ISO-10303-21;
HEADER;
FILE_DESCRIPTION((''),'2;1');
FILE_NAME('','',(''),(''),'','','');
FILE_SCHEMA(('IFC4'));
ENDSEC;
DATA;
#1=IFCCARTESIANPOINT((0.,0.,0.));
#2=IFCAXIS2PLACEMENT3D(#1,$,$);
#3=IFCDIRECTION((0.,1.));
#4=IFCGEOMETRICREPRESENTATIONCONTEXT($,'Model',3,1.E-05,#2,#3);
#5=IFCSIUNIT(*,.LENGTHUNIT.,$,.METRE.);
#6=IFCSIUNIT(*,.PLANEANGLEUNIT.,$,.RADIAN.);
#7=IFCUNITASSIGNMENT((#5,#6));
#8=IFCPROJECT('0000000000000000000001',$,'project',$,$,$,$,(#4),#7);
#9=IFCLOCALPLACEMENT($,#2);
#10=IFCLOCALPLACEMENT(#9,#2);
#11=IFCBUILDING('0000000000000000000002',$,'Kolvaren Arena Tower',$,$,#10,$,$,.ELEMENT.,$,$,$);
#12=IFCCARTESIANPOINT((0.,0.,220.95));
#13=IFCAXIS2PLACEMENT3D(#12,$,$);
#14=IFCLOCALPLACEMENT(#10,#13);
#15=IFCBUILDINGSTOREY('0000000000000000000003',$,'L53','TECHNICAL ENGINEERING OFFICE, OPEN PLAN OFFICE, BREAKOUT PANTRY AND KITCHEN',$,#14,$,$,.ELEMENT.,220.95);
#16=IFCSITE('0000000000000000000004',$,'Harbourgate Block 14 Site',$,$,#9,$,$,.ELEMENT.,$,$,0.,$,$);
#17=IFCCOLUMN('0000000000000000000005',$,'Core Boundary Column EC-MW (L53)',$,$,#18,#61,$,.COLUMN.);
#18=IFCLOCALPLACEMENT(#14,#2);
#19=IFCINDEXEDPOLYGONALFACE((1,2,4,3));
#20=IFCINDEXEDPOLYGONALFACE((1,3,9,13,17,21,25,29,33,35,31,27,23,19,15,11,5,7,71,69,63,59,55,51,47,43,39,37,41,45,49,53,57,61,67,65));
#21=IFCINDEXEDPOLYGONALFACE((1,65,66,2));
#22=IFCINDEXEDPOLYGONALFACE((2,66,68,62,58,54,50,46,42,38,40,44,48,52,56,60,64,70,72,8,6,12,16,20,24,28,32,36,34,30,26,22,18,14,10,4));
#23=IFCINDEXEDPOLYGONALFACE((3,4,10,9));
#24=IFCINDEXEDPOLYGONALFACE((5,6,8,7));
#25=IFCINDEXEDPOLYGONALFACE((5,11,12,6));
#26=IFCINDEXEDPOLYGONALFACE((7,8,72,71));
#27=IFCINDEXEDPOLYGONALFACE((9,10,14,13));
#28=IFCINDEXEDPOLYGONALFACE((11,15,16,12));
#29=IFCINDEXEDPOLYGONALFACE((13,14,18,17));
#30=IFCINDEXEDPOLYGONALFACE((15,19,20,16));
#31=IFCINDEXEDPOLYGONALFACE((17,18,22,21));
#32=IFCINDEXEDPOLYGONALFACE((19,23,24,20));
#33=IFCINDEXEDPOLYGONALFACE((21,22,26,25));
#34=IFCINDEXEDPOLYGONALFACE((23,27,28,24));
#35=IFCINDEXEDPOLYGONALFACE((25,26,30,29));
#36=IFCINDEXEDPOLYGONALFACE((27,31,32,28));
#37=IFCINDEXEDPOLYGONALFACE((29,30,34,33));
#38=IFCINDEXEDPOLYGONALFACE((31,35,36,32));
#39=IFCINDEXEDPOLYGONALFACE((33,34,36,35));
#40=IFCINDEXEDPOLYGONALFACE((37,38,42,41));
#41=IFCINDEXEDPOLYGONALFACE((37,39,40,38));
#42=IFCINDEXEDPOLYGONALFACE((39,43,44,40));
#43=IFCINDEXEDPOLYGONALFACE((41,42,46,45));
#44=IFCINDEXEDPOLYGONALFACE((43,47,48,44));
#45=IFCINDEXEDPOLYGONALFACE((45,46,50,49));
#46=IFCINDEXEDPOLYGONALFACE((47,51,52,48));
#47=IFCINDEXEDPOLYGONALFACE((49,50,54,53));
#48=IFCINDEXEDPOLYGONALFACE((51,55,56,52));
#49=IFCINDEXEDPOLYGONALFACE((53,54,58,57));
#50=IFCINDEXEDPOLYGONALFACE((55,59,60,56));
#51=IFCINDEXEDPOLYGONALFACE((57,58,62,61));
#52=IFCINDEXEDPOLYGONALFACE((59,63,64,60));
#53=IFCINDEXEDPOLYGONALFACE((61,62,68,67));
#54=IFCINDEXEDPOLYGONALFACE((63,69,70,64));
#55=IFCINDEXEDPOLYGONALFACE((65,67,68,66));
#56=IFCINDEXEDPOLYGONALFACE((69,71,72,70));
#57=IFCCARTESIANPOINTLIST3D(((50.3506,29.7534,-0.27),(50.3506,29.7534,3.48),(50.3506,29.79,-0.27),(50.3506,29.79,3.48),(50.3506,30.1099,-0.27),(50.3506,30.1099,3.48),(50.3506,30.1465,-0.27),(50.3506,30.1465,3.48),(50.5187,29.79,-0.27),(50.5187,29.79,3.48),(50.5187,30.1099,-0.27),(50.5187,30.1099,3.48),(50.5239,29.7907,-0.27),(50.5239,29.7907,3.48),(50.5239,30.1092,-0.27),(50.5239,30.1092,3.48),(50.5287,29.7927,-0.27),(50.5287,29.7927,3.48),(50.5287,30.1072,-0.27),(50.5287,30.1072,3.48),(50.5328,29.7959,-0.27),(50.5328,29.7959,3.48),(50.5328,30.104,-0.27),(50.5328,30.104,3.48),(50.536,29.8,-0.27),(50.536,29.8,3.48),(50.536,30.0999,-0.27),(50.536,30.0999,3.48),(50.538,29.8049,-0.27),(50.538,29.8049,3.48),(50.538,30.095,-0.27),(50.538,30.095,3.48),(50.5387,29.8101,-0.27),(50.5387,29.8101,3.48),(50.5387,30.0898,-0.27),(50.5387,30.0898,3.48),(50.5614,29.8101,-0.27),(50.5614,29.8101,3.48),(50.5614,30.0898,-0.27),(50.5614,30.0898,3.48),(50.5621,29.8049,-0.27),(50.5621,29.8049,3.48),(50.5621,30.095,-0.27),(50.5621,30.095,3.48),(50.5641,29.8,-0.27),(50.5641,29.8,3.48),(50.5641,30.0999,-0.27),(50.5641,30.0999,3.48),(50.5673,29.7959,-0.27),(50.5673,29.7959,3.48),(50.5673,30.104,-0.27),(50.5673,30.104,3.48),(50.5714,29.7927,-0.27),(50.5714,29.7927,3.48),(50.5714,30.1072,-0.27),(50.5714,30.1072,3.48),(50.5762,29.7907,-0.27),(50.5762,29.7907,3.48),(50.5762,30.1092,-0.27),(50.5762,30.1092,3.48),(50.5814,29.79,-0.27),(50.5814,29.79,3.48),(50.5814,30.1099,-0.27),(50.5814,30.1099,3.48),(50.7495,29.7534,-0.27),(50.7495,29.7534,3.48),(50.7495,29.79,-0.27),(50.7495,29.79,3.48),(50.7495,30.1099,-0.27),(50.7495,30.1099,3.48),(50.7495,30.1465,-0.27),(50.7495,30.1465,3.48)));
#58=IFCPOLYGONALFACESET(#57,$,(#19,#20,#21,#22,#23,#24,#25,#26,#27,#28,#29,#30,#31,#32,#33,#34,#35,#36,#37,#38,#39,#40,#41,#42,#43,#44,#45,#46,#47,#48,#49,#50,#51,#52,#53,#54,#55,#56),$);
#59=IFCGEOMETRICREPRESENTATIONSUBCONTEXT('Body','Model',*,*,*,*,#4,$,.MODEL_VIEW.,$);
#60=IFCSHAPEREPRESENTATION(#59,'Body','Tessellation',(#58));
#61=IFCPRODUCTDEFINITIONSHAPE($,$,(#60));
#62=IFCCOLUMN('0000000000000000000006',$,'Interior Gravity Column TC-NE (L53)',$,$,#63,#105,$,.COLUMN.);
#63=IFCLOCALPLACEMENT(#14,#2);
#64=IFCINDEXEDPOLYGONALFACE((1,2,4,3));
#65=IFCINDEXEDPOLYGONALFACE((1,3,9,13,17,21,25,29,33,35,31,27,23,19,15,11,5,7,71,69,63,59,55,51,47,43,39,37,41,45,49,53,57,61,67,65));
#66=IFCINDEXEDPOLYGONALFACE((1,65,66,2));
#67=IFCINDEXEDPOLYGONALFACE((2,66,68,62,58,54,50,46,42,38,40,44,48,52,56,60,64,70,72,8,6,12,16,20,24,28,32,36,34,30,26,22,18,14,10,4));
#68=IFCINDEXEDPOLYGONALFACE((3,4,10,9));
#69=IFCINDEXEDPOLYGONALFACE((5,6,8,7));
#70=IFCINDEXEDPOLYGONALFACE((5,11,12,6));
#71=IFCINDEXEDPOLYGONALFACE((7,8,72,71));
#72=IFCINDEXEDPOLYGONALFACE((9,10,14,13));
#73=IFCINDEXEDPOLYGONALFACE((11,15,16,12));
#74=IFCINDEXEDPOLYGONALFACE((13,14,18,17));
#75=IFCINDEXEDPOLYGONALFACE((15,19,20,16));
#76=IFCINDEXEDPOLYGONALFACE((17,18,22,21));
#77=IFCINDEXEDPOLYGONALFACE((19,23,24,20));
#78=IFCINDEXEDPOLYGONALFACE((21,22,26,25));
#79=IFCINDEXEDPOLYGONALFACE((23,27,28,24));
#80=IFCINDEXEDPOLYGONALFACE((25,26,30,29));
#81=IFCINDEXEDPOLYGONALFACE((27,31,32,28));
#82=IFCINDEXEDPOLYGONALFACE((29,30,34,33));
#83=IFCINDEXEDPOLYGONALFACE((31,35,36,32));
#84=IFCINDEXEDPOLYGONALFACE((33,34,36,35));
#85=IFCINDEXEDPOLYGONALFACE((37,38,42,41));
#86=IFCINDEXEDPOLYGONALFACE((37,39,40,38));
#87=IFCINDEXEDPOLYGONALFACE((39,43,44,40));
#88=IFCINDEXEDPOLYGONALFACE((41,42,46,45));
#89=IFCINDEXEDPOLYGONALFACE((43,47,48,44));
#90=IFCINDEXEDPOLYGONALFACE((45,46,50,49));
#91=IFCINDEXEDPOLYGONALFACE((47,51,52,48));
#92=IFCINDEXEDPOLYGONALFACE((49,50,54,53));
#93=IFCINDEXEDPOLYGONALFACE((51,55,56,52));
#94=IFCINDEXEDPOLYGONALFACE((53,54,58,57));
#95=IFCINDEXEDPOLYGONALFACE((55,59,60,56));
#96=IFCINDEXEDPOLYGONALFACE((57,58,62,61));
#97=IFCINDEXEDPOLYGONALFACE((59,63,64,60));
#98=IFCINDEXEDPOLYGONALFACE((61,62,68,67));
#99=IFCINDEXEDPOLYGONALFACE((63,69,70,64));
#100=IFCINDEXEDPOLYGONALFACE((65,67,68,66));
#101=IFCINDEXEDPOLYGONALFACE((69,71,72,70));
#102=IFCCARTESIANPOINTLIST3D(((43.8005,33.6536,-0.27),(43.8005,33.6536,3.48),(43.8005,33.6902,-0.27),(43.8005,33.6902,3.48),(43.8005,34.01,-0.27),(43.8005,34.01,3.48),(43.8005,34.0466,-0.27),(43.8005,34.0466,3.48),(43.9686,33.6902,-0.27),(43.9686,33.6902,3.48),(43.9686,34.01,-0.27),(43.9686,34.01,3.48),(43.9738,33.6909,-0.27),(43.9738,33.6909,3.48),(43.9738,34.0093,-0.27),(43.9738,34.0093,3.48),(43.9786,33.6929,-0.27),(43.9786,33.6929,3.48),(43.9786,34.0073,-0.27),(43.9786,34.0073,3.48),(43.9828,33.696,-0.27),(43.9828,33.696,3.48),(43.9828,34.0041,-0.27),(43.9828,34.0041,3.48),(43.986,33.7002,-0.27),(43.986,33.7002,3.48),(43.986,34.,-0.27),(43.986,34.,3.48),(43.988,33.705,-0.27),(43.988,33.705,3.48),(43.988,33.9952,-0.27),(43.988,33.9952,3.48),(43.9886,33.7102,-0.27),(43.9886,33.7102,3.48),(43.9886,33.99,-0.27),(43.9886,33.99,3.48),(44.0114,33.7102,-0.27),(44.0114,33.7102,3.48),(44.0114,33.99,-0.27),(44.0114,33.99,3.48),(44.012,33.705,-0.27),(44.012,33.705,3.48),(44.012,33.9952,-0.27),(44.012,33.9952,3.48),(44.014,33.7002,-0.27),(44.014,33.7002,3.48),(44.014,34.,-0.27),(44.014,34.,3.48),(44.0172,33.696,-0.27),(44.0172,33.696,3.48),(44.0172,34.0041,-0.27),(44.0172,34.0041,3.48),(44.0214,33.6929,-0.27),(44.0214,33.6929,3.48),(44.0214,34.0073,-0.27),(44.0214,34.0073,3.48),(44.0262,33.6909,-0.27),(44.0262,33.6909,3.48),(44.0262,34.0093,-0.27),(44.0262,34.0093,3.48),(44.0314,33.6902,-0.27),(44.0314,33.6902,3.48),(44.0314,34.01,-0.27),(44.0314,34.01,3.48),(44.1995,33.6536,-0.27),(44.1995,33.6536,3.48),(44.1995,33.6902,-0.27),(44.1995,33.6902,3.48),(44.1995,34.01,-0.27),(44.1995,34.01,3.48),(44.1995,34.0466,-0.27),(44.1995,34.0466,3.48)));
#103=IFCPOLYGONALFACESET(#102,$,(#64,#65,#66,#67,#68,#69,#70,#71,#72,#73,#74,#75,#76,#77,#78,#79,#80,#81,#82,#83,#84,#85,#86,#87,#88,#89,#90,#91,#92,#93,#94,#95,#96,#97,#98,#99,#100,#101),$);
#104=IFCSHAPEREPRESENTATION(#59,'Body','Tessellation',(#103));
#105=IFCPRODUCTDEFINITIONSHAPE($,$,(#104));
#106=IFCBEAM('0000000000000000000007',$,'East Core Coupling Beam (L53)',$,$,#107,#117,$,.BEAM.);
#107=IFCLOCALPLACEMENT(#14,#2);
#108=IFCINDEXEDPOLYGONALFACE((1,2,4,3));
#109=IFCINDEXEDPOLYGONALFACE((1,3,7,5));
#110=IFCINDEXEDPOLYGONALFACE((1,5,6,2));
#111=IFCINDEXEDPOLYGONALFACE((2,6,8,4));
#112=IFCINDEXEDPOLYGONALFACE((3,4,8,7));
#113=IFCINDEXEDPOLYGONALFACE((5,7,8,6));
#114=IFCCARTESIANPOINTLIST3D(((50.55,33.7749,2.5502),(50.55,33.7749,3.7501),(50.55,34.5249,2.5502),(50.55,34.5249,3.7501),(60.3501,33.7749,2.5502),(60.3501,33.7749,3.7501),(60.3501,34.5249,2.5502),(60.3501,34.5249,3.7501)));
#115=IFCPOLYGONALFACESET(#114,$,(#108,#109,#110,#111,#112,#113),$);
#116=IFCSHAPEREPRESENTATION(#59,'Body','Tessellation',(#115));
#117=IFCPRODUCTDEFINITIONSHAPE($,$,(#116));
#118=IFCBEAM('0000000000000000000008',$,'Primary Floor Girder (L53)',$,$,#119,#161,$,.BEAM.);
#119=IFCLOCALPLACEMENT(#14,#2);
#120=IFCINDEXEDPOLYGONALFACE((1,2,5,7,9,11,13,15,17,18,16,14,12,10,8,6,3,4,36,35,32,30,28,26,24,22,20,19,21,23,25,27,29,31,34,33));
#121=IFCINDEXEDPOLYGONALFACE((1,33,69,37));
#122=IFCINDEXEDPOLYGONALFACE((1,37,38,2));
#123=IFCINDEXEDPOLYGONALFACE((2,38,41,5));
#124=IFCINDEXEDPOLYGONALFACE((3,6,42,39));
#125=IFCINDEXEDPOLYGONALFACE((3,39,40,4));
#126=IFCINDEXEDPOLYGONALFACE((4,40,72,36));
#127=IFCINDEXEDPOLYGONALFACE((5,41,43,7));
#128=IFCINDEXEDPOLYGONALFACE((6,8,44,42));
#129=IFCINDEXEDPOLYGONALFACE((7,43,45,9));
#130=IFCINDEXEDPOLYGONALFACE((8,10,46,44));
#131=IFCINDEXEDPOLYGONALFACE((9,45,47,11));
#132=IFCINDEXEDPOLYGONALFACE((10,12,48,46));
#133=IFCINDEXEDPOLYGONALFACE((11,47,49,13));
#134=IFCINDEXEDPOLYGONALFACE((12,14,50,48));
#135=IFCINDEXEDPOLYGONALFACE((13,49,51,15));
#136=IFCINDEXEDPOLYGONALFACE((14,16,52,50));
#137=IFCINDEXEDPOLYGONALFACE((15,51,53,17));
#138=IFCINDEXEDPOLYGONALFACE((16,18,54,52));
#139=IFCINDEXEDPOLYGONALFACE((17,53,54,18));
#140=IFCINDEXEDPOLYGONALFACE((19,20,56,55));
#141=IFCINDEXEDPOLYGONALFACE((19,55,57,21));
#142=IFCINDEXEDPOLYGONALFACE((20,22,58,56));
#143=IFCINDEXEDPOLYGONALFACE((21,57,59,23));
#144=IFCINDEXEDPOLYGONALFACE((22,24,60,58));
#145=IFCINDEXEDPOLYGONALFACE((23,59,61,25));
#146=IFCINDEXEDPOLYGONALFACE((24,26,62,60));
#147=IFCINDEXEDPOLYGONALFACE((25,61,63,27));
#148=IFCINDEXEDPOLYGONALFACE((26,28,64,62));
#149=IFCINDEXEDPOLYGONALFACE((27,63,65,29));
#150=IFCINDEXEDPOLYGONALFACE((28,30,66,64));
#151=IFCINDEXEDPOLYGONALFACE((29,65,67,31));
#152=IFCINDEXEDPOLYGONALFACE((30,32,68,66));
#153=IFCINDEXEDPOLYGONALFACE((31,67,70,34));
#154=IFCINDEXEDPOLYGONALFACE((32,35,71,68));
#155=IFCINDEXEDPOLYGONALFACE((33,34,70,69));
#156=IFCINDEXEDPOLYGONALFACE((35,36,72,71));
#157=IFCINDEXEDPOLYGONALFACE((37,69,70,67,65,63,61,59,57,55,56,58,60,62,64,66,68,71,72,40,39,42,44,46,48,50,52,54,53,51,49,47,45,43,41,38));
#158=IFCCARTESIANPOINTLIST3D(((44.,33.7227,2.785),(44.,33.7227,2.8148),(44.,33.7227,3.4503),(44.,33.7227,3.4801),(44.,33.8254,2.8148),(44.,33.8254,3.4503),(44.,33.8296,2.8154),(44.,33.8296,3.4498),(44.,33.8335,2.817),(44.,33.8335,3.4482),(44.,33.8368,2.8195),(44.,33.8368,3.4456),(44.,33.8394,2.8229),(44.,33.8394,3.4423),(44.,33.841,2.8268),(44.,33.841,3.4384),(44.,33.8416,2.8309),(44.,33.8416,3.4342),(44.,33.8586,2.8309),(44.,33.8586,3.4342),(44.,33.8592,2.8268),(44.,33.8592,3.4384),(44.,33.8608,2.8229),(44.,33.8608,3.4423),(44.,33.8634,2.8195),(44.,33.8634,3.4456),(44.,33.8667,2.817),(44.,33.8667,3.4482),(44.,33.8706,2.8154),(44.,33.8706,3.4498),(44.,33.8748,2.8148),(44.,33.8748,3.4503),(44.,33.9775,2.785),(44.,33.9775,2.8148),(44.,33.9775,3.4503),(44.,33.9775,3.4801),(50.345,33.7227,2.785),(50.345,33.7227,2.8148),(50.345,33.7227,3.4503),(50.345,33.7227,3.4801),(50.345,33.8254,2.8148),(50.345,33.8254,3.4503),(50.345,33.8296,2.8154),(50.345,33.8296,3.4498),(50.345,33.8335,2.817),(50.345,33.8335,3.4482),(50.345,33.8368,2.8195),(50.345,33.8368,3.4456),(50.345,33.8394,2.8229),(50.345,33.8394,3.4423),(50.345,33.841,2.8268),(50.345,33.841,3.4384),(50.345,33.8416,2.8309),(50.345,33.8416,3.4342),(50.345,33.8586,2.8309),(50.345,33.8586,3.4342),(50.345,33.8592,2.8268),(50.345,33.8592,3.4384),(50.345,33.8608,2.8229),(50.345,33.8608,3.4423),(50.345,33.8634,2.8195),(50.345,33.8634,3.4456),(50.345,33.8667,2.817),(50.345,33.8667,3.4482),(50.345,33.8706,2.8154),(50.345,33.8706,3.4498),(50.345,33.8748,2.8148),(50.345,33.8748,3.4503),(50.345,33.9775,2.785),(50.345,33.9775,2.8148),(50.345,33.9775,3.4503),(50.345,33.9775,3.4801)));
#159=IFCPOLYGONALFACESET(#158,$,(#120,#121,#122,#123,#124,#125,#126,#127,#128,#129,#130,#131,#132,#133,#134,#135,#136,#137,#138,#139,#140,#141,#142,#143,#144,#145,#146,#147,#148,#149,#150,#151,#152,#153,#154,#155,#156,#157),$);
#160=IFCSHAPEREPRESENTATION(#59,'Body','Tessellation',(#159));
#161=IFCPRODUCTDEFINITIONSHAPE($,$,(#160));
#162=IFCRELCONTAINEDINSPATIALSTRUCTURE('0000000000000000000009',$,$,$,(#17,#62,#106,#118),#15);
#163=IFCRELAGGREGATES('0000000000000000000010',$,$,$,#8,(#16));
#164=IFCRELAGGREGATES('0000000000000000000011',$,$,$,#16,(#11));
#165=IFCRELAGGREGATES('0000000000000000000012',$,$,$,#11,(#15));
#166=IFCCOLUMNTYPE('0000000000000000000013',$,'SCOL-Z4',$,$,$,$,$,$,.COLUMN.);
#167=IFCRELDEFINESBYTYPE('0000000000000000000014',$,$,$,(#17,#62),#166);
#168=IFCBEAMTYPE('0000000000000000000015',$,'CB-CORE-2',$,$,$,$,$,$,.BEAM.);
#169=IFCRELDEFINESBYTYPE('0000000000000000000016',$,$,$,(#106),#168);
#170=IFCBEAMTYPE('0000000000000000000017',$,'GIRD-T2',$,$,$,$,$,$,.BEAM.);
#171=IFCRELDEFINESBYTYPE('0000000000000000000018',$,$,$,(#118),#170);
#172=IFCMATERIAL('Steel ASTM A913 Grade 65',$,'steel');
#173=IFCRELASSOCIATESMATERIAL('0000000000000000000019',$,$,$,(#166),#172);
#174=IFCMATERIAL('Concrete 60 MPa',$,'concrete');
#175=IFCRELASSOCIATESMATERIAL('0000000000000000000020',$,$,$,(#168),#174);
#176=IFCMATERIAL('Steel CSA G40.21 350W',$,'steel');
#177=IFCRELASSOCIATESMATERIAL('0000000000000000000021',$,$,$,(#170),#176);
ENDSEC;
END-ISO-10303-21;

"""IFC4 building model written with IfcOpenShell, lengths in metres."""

from ifc_helpers import new_model, si_unit, direction, frame, origin, origin_2d, place, context, subcontext, project, spatial, rectangle, i_section, extrude, material, material_profile, profile_set, type_object, element, save


model = new_model("IFC4")

# Units and contexts
model_context = context("Model", 3, precision=1e-05, world=origin(), true_north=direction((0.0, 1.0)))
body_context = subcontext(model_context, "Body", "Model", "MODEL_VIEW")
ifc_project = project(units=[si_unit("LENGTHUNIT", "METRE"), si_unit("PLANEANGLEUNIT", "RADIAN")], contexts=[model_context])

# Site, building, storey
site_placement = place(None, origin())
site = spatial("IfcSite", under=ifc_project, at=site_placement, Name="Harbourgate Block 14 Site", CompositionType="ELEMENT", RefElevation=0.0)
building_placement = place(site_placement, origin())
building = spatial("IfcBuilding", under=site, at=building_placement, Name="Kolvaren Arena Tower", CompositionType="ELEMENT")
storey_placement = place(building_placement, frame((0.0, 0.0, 220.95)))
storey = spatial("IfcBuildingStorey", under=building, at=storey_placement, Name="L53", Description="TECHNICAL ENGINEERING OFFICE, OPEN PLAN OFFICE, BREAKOUT PANTRY AND KITCHEN", CompositionType="ELEMENT", Elevation=220.95)

# Columns
ifc_material_1 = material(Name="Steel ASTM A913 Grade 65", Category="steel")
ifc_material_profile_1 = material_profile(ifc_material_1, i_section(OverallWidth=0.3989, OverallDepth=0.3931, WebThickness=0.0227, FlangeThickness=0.0366, FilletRadius=0.02, at=origin_2d()), Name="W360x287")
ifc_profile_set_1 = profile_set([ifc_material_profile_1], Name="Steel ASTM A913 Grade 65")
column_type = type_object("IfcColumnType", Name="SCOL-Z4", PredefinedType="COLUMN", material=ifc_profile_set_1)
for number, where, z_axis, x_axis, name in (
    (1, (50.55, 29.95, -0.27), (0.0, 0.0, 1.0), (1.0, 0.0, 0.0), "Core Boundary Column EC-MW (L53)"),
    (2, (44.0, 33.8501, -0.27), (0.0, 0.0, 1.0), (1.0, 0.0, 0.0), "Interior Gravity Column TC-NE (L53)"),
):
    element("IfcColumn", number, at=place(storey_placement, frame(where, z_axis=z_axis, x_axis=x_axis)), inside=storey, type_object=column_type, Name=name, PredefinedType="COLUMN", context=body_context, shape_type="SweptSolid", body=[
        extrude(i_section(OverallWidth=0.3989, OverallDepth=0.3931, WebThickness=0.0227, FlangeThickness=0.0366, FilletRadius=0.02, at=origin_2d()), origin(), (0.0, 0.0, 1.0), 3.75),
    ])

# Beams
ifc_material_2 = material(Name="Concrete 60 MPa", Category="concrete")
ifc_material_profile_2 = material_profile(ifc_material_2, rectangle(XDim=0.75, YDim=1.2, at=origin_2d()), Name="RC-750x1200")
ifc_profile_set_2 = profile_set([ifc_material_profile_2], Name="Concrete 60 MPa")
beam_type_1 = type_object("IfcBeamType", Name="CB-CORE-2", PredefinedType="BEAM", material=ifc_profile_set_2)
beam_1_placement = place(storey_placement, frame((50.55, 34.1499, 3.1501), z_axis=(1.0, 0.0, 0.0), x_axis=(0.0, 1.0, 0.0)))
element("IfcBeam", 3, at=beam_1_placement, inside=storey, type_object=beam_type_1, Name="East Core Coupling Beam (L53)", PredefinedType="BEAM", context=body_context, shape_type="SweptSolid", body=[
    extrude(rectangle(XDim=0.75, YDim=1.2, at=origin_2d()), origin(), (0.0, 0.0, 1.0), 9.8),
])
ifc_material_3 = material(Name="Steel CSA G40.21 350W", Category="steel")
ifc_material_profile_3 = material_profile(ifc_material_3, i_section(OverallWidth=0.2549, OverallDepth=0.6951, WebThickness=0.0171, FlangeThickness=0.0298, FilletRadius=0.0161, at=origin_2d()), Name="W690x217")
ifc_profile_set_3 = profile_set([ifc_material_profile_3], Name="Steel CSA G40.21 350W")
beam_type_2 = type_object("IfcBeamType", Name="GIRD-T2", PredefinedType="BEAM", material=ifc_profile_set_3)
beam_2_placement = place(storey_placement, frame((44.0, 33.8501, 3.1326), z_axis=(1.0, 0.0, 0.0), x_axis=(0.0, 1.0, 0.0)))
element("IfcBeam", 4, at=beam_2_placement, inside=storey, type_object=beam_type_2, Name="Primary Floor Girder (L53)", PredefinedType="BEAM", context=body_context, shape_type="SweptSolid", body=[
    extrude(i_section(OverallWidth=0.2549, OverallDepth=0.6951, WebThickness=0.0171, FlangeThickness=0.0298, FilletRadius=0.0161, at=origin_2d()), origin(), (0.0, 0.0, 1.0), 6.345),
])

save(model, "model.ifc")
